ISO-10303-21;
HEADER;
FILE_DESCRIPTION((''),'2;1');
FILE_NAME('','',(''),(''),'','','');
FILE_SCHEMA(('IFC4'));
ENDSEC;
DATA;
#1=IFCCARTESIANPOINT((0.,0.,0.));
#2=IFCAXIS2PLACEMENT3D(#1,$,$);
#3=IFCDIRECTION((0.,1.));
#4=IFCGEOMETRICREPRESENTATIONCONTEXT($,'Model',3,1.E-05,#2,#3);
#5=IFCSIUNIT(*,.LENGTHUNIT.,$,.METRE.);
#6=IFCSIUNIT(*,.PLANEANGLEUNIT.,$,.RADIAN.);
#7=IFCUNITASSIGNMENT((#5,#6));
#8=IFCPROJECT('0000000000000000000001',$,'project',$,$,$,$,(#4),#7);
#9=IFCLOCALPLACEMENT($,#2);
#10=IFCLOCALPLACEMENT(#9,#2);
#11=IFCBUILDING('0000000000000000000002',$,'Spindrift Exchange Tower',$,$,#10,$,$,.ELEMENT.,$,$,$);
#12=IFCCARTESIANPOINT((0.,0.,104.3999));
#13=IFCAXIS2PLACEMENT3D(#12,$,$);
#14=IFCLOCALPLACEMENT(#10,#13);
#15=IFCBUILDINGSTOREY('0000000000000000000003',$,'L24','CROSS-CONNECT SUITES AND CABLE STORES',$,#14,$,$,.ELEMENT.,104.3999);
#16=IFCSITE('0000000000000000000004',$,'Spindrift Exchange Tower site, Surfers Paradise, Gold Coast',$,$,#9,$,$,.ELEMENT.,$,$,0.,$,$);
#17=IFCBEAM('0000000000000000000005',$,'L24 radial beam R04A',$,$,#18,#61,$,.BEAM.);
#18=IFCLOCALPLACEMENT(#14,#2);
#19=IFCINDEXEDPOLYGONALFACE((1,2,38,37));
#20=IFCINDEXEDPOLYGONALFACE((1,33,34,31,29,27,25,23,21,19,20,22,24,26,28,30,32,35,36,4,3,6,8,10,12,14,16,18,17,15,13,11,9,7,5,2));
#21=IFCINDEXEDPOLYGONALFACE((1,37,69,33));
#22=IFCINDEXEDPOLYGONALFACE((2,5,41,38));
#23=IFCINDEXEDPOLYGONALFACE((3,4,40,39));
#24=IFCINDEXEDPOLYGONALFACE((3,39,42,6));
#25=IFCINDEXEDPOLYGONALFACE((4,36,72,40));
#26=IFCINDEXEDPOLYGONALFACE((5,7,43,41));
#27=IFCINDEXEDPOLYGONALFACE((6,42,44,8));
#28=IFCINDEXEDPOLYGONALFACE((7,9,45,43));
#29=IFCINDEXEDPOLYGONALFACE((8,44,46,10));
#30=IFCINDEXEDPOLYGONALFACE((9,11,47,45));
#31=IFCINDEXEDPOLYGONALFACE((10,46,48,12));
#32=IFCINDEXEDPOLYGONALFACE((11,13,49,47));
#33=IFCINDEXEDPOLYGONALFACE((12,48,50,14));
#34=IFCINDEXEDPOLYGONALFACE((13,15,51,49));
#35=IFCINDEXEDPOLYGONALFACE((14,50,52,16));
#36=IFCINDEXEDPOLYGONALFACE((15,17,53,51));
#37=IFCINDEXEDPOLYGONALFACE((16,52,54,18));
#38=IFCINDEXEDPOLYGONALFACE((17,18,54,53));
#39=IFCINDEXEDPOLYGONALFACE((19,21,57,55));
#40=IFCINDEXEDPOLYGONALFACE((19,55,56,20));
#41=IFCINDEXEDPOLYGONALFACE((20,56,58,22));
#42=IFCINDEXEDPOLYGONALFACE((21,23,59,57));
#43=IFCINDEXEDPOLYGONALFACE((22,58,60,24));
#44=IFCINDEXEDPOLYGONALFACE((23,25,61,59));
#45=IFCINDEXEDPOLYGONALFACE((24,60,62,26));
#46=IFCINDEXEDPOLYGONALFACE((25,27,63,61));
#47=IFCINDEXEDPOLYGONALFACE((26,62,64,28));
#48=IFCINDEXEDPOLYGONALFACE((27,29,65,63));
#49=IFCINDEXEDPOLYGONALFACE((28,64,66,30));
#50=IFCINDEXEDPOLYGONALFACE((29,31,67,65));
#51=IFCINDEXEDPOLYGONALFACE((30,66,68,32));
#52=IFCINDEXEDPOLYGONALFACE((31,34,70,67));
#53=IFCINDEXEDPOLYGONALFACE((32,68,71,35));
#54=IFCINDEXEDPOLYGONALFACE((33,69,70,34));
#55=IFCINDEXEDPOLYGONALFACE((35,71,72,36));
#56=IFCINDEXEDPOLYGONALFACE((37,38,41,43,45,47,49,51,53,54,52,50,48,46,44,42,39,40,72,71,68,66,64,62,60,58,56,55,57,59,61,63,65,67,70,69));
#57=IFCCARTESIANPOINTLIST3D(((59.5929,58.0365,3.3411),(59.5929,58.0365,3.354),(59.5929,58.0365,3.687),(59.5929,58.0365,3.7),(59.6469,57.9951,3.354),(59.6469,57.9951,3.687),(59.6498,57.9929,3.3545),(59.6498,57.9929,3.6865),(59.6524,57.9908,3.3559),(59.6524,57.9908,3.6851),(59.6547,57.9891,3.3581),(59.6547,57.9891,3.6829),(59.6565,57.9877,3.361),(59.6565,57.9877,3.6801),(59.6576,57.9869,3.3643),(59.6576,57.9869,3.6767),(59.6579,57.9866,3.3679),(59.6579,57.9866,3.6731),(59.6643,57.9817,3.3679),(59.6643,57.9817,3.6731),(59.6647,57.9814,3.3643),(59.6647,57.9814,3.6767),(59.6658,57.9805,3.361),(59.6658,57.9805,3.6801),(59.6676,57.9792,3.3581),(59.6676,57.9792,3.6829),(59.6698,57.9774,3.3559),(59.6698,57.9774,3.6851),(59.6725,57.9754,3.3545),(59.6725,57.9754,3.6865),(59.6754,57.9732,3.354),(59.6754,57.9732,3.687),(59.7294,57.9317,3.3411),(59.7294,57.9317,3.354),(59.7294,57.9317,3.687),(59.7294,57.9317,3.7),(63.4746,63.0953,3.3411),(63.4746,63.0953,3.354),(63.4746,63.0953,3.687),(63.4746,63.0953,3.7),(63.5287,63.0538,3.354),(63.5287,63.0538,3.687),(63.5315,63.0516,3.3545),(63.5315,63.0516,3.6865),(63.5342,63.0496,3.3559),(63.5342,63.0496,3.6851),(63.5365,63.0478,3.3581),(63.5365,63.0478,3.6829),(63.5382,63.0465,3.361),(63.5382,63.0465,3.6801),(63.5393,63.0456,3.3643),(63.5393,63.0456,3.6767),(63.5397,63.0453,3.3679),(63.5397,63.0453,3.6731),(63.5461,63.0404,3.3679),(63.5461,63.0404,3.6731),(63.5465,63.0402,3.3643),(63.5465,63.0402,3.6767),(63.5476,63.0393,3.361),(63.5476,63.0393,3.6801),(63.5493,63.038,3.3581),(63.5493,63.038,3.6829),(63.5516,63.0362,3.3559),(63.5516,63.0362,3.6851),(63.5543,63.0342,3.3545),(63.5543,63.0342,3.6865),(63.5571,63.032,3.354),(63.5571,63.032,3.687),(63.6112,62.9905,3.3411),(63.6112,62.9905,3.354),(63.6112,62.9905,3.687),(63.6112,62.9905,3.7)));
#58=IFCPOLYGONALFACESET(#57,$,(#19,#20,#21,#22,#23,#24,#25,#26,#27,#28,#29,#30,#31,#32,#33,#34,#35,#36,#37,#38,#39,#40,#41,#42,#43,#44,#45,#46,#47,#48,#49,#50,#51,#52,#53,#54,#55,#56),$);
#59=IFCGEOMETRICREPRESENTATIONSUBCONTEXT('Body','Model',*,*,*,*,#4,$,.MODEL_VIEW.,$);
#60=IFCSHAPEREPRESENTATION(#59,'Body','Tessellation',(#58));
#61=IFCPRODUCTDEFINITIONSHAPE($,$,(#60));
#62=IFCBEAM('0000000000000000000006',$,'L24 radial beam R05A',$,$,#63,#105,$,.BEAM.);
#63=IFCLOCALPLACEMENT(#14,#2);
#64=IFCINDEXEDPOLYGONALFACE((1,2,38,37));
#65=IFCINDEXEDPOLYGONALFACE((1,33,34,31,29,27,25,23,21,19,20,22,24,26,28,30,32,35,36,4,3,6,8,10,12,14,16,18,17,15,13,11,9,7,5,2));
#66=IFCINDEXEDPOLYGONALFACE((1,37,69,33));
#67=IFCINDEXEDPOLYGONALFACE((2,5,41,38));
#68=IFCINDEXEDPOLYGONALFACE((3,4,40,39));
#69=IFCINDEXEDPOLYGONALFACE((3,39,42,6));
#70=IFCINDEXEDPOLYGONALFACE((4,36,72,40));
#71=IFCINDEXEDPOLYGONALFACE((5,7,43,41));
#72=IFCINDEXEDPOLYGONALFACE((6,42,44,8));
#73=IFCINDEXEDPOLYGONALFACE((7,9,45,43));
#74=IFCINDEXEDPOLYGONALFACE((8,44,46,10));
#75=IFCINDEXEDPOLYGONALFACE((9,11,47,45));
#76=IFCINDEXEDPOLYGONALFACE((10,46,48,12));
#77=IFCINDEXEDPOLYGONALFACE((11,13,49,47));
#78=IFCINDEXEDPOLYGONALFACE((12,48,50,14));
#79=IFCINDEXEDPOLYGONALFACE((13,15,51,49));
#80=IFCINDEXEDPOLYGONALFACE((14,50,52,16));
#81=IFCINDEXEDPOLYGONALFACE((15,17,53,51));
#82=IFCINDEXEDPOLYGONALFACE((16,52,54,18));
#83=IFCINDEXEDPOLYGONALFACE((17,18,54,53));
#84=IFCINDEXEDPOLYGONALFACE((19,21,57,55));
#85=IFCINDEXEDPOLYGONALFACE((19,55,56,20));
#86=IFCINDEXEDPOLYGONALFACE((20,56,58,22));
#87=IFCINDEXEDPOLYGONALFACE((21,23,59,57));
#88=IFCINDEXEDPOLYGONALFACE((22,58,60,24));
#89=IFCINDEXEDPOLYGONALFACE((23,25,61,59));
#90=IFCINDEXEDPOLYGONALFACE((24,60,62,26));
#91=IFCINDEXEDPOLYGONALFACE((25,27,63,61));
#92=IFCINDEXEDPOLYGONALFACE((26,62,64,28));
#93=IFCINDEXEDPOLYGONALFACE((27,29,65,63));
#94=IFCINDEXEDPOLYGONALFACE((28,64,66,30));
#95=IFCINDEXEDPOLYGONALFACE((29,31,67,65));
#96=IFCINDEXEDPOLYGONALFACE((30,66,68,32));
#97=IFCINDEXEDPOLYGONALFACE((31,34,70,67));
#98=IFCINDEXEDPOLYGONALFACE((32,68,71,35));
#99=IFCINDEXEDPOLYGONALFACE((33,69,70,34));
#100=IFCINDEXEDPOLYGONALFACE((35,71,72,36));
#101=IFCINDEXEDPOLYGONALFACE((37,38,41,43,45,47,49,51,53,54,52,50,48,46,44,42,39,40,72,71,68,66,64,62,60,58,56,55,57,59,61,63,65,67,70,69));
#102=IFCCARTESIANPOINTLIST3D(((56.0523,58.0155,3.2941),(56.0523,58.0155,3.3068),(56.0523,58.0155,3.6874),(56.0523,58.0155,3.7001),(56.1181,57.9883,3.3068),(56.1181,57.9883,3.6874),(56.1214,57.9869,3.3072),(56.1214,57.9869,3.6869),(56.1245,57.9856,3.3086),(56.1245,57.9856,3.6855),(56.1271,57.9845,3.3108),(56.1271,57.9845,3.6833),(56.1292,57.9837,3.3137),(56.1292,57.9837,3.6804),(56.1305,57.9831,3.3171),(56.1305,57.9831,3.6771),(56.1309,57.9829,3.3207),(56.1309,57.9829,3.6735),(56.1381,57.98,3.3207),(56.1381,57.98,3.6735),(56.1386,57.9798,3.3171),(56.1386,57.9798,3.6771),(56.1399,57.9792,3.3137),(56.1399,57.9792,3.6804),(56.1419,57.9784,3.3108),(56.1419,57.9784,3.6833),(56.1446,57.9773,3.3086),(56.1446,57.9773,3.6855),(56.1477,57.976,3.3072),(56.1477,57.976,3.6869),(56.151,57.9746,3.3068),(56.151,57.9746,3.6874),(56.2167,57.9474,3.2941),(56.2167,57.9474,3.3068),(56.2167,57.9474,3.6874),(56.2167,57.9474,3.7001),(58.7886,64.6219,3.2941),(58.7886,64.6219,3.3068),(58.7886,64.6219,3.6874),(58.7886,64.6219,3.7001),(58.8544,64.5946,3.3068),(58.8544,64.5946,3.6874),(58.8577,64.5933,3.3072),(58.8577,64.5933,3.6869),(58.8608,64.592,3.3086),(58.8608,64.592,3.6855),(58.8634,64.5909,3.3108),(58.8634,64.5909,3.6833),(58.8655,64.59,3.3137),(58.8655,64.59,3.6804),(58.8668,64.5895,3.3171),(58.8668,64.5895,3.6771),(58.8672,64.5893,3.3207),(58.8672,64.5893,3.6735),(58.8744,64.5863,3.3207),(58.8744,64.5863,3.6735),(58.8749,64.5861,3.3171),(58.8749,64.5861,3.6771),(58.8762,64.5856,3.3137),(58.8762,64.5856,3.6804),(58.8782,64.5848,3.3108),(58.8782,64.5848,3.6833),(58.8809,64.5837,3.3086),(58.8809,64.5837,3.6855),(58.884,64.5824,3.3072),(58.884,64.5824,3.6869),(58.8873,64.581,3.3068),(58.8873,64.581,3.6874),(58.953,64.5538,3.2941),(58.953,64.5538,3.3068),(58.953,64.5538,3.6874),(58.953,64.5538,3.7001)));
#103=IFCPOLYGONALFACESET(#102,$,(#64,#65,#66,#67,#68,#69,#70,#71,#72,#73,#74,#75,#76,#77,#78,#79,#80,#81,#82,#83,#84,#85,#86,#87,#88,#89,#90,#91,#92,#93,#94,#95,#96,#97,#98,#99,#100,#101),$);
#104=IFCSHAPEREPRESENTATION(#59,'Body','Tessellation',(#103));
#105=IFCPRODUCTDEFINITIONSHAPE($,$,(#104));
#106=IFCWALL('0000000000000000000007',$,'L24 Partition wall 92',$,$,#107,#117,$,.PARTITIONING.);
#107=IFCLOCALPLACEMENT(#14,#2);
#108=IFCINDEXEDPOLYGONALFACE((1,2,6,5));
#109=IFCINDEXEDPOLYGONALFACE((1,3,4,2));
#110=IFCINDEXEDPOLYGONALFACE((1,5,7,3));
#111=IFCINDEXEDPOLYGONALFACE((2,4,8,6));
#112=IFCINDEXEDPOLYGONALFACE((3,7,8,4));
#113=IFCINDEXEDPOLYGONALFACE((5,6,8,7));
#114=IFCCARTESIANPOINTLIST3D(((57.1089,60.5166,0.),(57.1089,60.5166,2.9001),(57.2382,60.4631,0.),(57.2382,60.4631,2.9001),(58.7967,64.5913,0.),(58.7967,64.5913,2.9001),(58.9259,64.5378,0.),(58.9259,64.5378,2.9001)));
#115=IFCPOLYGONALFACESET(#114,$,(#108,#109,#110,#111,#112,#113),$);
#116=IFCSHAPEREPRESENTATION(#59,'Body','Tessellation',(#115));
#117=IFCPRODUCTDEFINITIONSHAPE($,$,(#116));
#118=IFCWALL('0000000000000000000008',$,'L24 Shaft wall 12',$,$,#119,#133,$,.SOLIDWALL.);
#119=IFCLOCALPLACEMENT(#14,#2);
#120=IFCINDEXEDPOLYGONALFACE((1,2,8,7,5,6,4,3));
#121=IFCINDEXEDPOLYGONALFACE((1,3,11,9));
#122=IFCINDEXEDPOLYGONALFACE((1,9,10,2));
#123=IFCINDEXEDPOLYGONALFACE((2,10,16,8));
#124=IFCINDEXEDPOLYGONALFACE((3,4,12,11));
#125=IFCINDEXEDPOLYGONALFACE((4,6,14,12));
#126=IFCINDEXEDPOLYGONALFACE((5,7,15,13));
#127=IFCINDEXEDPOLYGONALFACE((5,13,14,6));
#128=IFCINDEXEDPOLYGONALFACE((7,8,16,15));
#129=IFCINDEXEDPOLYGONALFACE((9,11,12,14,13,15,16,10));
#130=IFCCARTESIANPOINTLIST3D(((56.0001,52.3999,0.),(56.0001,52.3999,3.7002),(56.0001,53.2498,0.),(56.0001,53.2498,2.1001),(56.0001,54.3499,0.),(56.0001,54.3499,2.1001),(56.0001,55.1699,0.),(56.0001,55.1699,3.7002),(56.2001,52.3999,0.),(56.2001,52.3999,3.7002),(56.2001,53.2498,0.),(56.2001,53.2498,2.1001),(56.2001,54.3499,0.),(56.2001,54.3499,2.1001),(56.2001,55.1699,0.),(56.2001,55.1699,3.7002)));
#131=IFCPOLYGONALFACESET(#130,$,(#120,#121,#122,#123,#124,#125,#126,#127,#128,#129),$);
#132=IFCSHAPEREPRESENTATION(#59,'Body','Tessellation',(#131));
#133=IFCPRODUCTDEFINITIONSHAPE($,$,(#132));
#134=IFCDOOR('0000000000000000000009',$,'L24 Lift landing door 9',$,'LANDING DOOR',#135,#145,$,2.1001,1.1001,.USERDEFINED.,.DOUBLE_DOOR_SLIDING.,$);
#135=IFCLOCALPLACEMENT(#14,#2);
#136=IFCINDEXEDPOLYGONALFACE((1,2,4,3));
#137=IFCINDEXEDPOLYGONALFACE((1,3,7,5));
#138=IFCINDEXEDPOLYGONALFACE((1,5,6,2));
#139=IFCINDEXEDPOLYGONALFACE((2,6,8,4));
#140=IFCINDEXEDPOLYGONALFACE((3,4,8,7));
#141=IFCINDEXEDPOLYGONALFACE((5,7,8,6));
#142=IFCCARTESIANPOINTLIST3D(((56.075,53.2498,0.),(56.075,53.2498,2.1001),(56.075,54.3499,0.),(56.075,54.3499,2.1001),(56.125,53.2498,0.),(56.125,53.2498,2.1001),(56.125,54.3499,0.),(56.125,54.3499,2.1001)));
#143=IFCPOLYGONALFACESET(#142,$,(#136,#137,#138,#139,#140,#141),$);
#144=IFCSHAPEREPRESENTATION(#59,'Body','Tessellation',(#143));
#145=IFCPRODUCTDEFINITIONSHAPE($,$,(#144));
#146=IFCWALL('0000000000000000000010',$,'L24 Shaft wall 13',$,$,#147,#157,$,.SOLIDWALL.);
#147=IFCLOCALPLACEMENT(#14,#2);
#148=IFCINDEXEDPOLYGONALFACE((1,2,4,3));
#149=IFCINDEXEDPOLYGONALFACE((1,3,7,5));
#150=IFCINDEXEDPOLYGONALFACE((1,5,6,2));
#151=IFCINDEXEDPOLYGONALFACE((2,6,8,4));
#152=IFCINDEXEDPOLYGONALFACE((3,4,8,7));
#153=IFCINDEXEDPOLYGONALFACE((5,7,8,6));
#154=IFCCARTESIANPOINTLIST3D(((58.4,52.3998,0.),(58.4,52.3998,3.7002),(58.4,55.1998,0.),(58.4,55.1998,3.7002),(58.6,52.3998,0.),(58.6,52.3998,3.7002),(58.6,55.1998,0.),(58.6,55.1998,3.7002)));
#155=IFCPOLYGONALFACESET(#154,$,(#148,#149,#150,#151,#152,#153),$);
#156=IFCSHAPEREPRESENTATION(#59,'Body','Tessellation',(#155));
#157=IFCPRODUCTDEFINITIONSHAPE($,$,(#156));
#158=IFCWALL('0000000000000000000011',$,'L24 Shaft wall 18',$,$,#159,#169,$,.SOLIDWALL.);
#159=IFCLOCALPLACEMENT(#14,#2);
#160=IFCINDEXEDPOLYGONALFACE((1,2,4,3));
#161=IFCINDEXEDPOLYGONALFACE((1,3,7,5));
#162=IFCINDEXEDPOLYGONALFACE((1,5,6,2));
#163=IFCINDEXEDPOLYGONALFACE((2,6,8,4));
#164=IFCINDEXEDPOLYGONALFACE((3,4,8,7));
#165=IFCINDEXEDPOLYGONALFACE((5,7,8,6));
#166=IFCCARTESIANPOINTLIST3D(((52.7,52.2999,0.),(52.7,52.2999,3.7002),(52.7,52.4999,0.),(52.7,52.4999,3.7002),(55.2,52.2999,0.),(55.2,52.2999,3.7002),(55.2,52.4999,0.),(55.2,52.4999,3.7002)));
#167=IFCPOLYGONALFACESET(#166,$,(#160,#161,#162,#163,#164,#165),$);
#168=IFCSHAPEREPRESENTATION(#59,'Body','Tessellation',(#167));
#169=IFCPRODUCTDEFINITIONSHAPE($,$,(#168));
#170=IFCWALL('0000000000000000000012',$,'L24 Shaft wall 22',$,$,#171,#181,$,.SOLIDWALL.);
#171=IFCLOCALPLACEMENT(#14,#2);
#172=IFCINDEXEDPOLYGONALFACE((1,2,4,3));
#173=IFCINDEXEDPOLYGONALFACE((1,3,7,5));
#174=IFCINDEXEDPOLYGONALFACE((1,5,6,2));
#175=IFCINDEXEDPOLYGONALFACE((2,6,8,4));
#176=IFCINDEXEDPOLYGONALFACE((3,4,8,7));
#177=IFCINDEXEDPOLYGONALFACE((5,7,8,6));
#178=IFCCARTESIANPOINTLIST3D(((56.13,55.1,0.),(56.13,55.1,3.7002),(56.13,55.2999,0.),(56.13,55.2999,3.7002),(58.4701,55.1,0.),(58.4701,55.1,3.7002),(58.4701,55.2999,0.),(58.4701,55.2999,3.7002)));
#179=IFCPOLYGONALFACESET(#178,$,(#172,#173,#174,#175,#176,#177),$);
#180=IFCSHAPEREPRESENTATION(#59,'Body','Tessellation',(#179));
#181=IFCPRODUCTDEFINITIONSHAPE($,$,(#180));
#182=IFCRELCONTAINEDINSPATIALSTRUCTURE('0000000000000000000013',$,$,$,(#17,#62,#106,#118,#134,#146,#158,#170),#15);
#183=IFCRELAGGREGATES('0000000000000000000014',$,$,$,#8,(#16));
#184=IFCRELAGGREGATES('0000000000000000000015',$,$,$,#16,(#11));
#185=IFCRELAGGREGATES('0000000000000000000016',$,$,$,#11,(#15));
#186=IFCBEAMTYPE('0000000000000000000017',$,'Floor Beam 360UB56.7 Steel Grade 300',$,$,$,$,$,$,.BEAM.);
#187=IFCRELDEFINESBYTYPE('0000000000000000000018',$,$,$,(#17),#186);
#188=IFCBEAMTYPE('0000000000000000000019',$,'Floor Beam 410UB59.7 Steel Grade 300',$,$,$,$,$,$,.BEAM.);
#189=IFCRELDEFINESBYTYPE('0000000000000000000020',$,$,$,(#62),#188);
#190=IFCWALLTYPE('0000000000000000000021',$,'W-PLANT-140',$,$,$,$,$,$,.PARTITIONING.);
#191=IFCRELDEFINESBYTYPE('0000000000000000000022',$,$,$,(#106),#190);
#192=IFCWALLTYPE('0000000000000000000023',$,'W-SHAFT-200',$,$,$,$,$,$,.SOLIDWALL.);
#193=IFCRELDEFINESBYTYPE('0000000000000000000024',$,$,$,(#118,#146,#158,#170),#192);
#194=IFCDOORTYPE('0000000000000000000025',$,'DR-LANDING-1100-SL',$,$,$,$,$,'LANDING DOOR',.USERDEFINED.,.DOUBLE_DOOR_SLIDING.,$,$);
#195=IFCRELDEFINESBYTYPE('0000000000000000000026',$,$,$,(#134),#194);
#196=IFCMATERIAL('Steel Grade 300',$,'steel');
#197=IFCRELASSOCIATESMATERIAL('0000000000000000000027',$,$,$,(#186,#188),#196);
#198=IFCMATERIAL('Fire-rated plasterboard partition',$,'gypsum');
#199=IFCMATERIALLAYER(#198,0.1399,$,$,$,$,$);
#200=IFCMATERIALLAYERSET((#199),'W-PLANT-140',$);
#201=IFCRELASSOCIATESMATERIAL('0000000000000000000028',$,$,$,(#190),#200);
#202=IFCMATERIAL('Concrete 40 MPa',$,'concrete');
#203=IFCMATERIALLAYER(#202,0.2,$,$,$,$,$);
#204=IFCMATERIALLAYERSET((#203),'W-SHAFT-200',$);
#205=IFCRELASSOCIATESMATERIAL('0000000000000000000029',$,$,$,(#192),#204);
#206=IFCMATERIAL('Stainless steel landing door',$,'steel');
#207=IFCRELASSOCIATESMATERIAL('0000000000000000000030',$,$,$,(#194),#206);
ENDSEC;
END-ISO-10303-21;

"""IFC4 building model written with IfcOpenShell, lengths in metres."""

from ifc_helpers import new_model, si_unit, direction, frame, frame_2d, origin, origin_2d, place, context, subcontext, project, spatial, rectangle, i_section, extrude, source, transform, mapped, material, layer, layer_set, material_profile, profile_set, type_object, element, fill, save


model = new_model("IFC4")

# Units and contexts
model_context = context("Model", 3, precision=1e-05, world=origin(), true_north=direction((0.0, 1.0)))
body_context = subcontext(model_context, "Body", "Model", "MODEL_VIEW")
ifc_project = project(units=[si_unit("LENGTHUNIT", "METRE"), si_unit("PLANEANGLEUNIT", "RADIAN")], contexts=[model_context])

# Site, building, storey
site_placement = place(None, origin())
site = spatial("IfcSite", under=ifc_project, at=site_placement, Name="Spindrift Exchange Tower site, Surfers Paradise, Gold Coast", CompositionType="ELEMENT", RefElevation=0.0)
building_placement = place(site_placement, origin())
building = spatial("IfcBuilding", under=site, at=building_placement, Name="Spindrift Exchange Tower", CompositionType="ELEMENT")
storey_placement = place(building_placement, frame((0.0, 0.0, 104.3999)))
storey = spatial("IfcBuildingStorey", under=building, at=storey_placement, Name="L24", Description="CROSS-CONNECT SUITES AND CABLE STORES", CompositionType="ELEMENT", Elevation=104.3999)

# Beams
ifc_material_1 = material(Name="Steel Grade 300", Category="steel")
ifc_material_profile_1 = material_profile(ifc_material_1, i_section(OverallWidth=0.1721, OverallDepth=0.3589, WebThickness=0.0081, FlangeThickness=0.0129, FilletRadius=0.0139, at=origin_2d()), Name="360UB56.7")
ifc_profile_set_1 = profile_set([ifc_material_profile_1], Name="Steel Grade 300")
beam_type_1 = type_object("IfcBeamType", Name="Floor Beam 360UB56.7 Steel Grade 300", PredefinedType="BEAM", material=ifc_profile_set_1)
shared_shape_1 = source(origin(), body_context, "Body", "SweptSolid", [
    extrude(i_section(OverallWidth=0.1721, OverallDepth=0.3589, WebThickness=0.0081, FlangeThickness=0.0129, FilletRadius=0.0139, at=origin_2d()), origin(), (0.0, 0.0, 1.0), 6.3765),
])
beam_1_placement = place(storey_placement, frame((59.6611, 57.9841, 3.5205), z_axis=(0.608767, 0.793349, 0.0), x_axis=(-0.793349, 0.608767, 0.0)))
element("IfcBeam", 1, at=beam_1_placement, inside=storey, type_object=beam_type_1, Name="L24 radial beam R04A", PredefinedType="BEAM", context=body_context, shape_type="MappedRepresentation", body=[
    mapped(shared_shape_1, transform((0.0, 0.0, 0.0), scale=1.0)),
])
ifc_material_profile_2 = material_profile(ifc_material_1, i_section(OverallWidth=0.178, OverallDepth=0.406, WebThickness=0.0078, FlangeThickness=0.0127, FilletRadius=0.0139, at=origin_2d()), Name="410UB59.7")
ifc_profile_set_2 = profile_set([ifc_material_profile_2], Name="Steel Grade 300")
beam_type_2 = type_object("IfcBeamType", Name="Floor Beam 410UB59.7 Steel Grade 300", PredefinedType="BEAM", material=ifc_profile_set_2)
shared_shape_2 = source(origin(), body_context, "Body", "SweptSolid", [
    extrude(i_section(OverallWidth=0.178, OverallDepth=0.406, WebThickness=0.0078, FlangeThickness=0.0127, FilletRadius=0.0139, at=origin_2d()), origin(), (0.0, 0.0, 1.0), 7.1506),
])
beam_2_placement = place(storey_placement, frame((56.1345, 57.9814, 3.4971), z_axis=(0.382665, 0.923887, 0.0), x_axis=(-0.923887, 0.382665, 0.0)))
element("IfcBeam", 2, at=beam_2_placement, inside=storey, type_object=beam_type_2, Name="L24 radial beam R05A", PredefinedType="BEAM", context=body_context, shape_type="MappedRepresentation", body=[
    mapped(shared_shape_2, transform((0.0, 0.0, 0.0), scale=1.0)),
])

# Wall
ifc_material_2 = material(Name="Fire-rated plasterboard partition", Category="gypsum")
ifc_layer_1 = layer(ifc_material_2, 0.1399)
ifc_layer_set_1 = layer_set([ifc_layer_1], Name="W-PLANT-140")
wall_type_1 = type_object("IfcWallType", Name="W-PLANT-140", PredefinedType="PARTITIONING", material=ifc_layer_set_1)
wall_1_placement = place(storey_placement, frame((57.1736, 60.49, 0.0), z_axis=(0.0, 0.0, 1.0), x_axis=(0.382673, 0.923884, 0.0)))
element("IfcWall", 3, at=wall_1_placement, inside=storey, type_object=wall_type_1, Name="L24 Partition wall 92", PredefinedType="PARTITIONING", context=body_context, shape_type="SweptSolid", body=[
    extrude(rectangle(XDim=4.4104, YDim=0.1399, at=frame_2d((2.2051, 0.0))), origin(), (0.0, 0.0, 1.0), 2.9001),
])

# Wall, opening, door
ifc_material_3 = material(Name="Concrete 40 MPa", Category="concrete")
ifc_layer_2 = layer(ifc_material_3, 0.2)
ifc_layer_set_2 = layer_set([ifc_layer_2], Name="W-SHAFT-200")
wall_type_2 = type_object("IfcWallType", Name="W-SHAFT-200", PredefinedType="SOLIDWALL", material=ifc_layer_set_2)
wall_2_placement = place(storey_placement, frame((56.1001, 55.1699, 0.0), z_axis=(0.0, 0.0, 1.0), x_axis=(0.0, -1.0, 0.0)))
wall_2 = element("IfcWall", 4, at=wall_2_placement, inside=storey, type_object=wall_type_2, Name="L24 Shaft wall 12", PredefinedType="SOLIDWALL", context=body_context, shape_type="SweptSolid", body=[
    extrude(rectangle(XDim=2.77, YDim=0.2, at=frame_2d((1.385, 0.0))), origin(), (0.0, 0.0, 1.0), 3.7002),
])
opening_1_placement = place(wall_2_placement, frame((0.8201, 0.0, 0.0)))
opening_1 = element("IfcOpeningElement", 5, at=opening_1_placement, cuts=wall_2, PredefinedType="OPENING", context=body_context, shape_type="SweptSolid", body=[
    extrude(rectangle(XDim=1.1001, YDim=2.1001, at=frame_2d((0.55, 1.05))), frame((0.0, 0.1099, 0.0), z_axis=(0.0, -1.0, 0.0), x_axis=(1.0, 0.0, 0.0)), (0.0, 0.0, 1.0), 0.22),
])
ifc_material_4 = material(Name="Stainless steel landing door", Category="steel")
door_type_1 = type_object("IfcDoorType", Name="DR-LANDING-1100-SL", ElementType="LANDING DOOR", OperationType="DOUBLE_DOOR_SLIDING", PredefinedType="USERDEFINED", material=ifc_material_4)
shared_shape_3 = source(origin(), body_context, "Body", "SweptSolid", [
    extrude(rectangle(XDim=1.1001, YDim=2.1001, at=frame_2d((0.55, 1.05))), frame((0.0, 0.0249, 0.0), z_axis=(0.0, -1.0, 0.0), x_axis=(1.0, 0.0, 0.0)), (0.0, 0.0, 1.0), 0.05),
])
door_1_placement = place(opening_1_placement, origin())
door_1 = element("IfcDoor", 6, at=door_1_placement, inside=storey, type_object=door_type_1, Name="L24 Lift landing door 9", ObjectType="LANDING DOOR", OperationType="DOUBLE_DOOR_SLIDING", OverallHeight=2.1001, OverallWidth=1.1001, PredefinedType="USERDEFINED", context=body_context, shape_type="MappedRepresentation", body=[
    mapped(shared_shape_3, transform((0.0, 0.0, 0.0), scale=1.0)),
])
fill(opening_1, door_1)

# Walls
wall_3_placement = place(storey_placement, frame((58.5, 52.3999, 0.0), z_axis=(0.0, 0.0, 1.0), x_axis=(0.0, 1.0, 0.0)))
element("IfcWall", 7, at=wall_3_placement, inside=storey, type_object=wall_type_2, Name="L24 Shaft wall 13", PredefinedType="SOLIDWALL", context=body_context, shape_type="SweptSolid", body=[
    extrude(rectangle(XDim=2.8, YDim=0.2, at=frame_2d((1.3999, 0.0))), origin(), (0.0, 0.0, 1.0), 3.7002),
])
wall_4_placement = place(storey_placement, frame((55.2, 52.3999, 0.0), z_axis=(0.0, 0.0, 1.0), x_axis=(-1.0, 0.0, 0.0)))
element("IfcWall", 8, at=wall_4_placement, inside=storey, type_object=wall_type_2, Name="L24 Shaft wall 18", PredefinedType="SOLIDWALL", context=body_context, shape_type="SweptSolid", body=[
    extrude(rectangle(XDim=2.5, YDim=0.2, at=frame_2d((1.25, 0.0))), origin(), (0.0, 0.0, 1.0), 3.7002),
])
wall_5_placement = place(storey_placement, frame((58.47, 55.2, 0.0), z_axis=(0.0, 0.0, 1.0), x_axis=(-1.0, 0.0, 0.0)))
element("IfcWall", 9, at=wall_5_placement, inside=storey, type_object=wall_type_2, Name="L24 Shaft wall 22", PredefinedType="SOLIDWALL", context=body_context, shape_type="SweptSolid", body=[
    extrude(rectangle(XDim=2.3401, YDim=0.2, at=frame_2d((1.1699, 0.0))), origin(), (0.0, 0.0, 1.0), 3.7002),
])

save(model, "model.ifc")
